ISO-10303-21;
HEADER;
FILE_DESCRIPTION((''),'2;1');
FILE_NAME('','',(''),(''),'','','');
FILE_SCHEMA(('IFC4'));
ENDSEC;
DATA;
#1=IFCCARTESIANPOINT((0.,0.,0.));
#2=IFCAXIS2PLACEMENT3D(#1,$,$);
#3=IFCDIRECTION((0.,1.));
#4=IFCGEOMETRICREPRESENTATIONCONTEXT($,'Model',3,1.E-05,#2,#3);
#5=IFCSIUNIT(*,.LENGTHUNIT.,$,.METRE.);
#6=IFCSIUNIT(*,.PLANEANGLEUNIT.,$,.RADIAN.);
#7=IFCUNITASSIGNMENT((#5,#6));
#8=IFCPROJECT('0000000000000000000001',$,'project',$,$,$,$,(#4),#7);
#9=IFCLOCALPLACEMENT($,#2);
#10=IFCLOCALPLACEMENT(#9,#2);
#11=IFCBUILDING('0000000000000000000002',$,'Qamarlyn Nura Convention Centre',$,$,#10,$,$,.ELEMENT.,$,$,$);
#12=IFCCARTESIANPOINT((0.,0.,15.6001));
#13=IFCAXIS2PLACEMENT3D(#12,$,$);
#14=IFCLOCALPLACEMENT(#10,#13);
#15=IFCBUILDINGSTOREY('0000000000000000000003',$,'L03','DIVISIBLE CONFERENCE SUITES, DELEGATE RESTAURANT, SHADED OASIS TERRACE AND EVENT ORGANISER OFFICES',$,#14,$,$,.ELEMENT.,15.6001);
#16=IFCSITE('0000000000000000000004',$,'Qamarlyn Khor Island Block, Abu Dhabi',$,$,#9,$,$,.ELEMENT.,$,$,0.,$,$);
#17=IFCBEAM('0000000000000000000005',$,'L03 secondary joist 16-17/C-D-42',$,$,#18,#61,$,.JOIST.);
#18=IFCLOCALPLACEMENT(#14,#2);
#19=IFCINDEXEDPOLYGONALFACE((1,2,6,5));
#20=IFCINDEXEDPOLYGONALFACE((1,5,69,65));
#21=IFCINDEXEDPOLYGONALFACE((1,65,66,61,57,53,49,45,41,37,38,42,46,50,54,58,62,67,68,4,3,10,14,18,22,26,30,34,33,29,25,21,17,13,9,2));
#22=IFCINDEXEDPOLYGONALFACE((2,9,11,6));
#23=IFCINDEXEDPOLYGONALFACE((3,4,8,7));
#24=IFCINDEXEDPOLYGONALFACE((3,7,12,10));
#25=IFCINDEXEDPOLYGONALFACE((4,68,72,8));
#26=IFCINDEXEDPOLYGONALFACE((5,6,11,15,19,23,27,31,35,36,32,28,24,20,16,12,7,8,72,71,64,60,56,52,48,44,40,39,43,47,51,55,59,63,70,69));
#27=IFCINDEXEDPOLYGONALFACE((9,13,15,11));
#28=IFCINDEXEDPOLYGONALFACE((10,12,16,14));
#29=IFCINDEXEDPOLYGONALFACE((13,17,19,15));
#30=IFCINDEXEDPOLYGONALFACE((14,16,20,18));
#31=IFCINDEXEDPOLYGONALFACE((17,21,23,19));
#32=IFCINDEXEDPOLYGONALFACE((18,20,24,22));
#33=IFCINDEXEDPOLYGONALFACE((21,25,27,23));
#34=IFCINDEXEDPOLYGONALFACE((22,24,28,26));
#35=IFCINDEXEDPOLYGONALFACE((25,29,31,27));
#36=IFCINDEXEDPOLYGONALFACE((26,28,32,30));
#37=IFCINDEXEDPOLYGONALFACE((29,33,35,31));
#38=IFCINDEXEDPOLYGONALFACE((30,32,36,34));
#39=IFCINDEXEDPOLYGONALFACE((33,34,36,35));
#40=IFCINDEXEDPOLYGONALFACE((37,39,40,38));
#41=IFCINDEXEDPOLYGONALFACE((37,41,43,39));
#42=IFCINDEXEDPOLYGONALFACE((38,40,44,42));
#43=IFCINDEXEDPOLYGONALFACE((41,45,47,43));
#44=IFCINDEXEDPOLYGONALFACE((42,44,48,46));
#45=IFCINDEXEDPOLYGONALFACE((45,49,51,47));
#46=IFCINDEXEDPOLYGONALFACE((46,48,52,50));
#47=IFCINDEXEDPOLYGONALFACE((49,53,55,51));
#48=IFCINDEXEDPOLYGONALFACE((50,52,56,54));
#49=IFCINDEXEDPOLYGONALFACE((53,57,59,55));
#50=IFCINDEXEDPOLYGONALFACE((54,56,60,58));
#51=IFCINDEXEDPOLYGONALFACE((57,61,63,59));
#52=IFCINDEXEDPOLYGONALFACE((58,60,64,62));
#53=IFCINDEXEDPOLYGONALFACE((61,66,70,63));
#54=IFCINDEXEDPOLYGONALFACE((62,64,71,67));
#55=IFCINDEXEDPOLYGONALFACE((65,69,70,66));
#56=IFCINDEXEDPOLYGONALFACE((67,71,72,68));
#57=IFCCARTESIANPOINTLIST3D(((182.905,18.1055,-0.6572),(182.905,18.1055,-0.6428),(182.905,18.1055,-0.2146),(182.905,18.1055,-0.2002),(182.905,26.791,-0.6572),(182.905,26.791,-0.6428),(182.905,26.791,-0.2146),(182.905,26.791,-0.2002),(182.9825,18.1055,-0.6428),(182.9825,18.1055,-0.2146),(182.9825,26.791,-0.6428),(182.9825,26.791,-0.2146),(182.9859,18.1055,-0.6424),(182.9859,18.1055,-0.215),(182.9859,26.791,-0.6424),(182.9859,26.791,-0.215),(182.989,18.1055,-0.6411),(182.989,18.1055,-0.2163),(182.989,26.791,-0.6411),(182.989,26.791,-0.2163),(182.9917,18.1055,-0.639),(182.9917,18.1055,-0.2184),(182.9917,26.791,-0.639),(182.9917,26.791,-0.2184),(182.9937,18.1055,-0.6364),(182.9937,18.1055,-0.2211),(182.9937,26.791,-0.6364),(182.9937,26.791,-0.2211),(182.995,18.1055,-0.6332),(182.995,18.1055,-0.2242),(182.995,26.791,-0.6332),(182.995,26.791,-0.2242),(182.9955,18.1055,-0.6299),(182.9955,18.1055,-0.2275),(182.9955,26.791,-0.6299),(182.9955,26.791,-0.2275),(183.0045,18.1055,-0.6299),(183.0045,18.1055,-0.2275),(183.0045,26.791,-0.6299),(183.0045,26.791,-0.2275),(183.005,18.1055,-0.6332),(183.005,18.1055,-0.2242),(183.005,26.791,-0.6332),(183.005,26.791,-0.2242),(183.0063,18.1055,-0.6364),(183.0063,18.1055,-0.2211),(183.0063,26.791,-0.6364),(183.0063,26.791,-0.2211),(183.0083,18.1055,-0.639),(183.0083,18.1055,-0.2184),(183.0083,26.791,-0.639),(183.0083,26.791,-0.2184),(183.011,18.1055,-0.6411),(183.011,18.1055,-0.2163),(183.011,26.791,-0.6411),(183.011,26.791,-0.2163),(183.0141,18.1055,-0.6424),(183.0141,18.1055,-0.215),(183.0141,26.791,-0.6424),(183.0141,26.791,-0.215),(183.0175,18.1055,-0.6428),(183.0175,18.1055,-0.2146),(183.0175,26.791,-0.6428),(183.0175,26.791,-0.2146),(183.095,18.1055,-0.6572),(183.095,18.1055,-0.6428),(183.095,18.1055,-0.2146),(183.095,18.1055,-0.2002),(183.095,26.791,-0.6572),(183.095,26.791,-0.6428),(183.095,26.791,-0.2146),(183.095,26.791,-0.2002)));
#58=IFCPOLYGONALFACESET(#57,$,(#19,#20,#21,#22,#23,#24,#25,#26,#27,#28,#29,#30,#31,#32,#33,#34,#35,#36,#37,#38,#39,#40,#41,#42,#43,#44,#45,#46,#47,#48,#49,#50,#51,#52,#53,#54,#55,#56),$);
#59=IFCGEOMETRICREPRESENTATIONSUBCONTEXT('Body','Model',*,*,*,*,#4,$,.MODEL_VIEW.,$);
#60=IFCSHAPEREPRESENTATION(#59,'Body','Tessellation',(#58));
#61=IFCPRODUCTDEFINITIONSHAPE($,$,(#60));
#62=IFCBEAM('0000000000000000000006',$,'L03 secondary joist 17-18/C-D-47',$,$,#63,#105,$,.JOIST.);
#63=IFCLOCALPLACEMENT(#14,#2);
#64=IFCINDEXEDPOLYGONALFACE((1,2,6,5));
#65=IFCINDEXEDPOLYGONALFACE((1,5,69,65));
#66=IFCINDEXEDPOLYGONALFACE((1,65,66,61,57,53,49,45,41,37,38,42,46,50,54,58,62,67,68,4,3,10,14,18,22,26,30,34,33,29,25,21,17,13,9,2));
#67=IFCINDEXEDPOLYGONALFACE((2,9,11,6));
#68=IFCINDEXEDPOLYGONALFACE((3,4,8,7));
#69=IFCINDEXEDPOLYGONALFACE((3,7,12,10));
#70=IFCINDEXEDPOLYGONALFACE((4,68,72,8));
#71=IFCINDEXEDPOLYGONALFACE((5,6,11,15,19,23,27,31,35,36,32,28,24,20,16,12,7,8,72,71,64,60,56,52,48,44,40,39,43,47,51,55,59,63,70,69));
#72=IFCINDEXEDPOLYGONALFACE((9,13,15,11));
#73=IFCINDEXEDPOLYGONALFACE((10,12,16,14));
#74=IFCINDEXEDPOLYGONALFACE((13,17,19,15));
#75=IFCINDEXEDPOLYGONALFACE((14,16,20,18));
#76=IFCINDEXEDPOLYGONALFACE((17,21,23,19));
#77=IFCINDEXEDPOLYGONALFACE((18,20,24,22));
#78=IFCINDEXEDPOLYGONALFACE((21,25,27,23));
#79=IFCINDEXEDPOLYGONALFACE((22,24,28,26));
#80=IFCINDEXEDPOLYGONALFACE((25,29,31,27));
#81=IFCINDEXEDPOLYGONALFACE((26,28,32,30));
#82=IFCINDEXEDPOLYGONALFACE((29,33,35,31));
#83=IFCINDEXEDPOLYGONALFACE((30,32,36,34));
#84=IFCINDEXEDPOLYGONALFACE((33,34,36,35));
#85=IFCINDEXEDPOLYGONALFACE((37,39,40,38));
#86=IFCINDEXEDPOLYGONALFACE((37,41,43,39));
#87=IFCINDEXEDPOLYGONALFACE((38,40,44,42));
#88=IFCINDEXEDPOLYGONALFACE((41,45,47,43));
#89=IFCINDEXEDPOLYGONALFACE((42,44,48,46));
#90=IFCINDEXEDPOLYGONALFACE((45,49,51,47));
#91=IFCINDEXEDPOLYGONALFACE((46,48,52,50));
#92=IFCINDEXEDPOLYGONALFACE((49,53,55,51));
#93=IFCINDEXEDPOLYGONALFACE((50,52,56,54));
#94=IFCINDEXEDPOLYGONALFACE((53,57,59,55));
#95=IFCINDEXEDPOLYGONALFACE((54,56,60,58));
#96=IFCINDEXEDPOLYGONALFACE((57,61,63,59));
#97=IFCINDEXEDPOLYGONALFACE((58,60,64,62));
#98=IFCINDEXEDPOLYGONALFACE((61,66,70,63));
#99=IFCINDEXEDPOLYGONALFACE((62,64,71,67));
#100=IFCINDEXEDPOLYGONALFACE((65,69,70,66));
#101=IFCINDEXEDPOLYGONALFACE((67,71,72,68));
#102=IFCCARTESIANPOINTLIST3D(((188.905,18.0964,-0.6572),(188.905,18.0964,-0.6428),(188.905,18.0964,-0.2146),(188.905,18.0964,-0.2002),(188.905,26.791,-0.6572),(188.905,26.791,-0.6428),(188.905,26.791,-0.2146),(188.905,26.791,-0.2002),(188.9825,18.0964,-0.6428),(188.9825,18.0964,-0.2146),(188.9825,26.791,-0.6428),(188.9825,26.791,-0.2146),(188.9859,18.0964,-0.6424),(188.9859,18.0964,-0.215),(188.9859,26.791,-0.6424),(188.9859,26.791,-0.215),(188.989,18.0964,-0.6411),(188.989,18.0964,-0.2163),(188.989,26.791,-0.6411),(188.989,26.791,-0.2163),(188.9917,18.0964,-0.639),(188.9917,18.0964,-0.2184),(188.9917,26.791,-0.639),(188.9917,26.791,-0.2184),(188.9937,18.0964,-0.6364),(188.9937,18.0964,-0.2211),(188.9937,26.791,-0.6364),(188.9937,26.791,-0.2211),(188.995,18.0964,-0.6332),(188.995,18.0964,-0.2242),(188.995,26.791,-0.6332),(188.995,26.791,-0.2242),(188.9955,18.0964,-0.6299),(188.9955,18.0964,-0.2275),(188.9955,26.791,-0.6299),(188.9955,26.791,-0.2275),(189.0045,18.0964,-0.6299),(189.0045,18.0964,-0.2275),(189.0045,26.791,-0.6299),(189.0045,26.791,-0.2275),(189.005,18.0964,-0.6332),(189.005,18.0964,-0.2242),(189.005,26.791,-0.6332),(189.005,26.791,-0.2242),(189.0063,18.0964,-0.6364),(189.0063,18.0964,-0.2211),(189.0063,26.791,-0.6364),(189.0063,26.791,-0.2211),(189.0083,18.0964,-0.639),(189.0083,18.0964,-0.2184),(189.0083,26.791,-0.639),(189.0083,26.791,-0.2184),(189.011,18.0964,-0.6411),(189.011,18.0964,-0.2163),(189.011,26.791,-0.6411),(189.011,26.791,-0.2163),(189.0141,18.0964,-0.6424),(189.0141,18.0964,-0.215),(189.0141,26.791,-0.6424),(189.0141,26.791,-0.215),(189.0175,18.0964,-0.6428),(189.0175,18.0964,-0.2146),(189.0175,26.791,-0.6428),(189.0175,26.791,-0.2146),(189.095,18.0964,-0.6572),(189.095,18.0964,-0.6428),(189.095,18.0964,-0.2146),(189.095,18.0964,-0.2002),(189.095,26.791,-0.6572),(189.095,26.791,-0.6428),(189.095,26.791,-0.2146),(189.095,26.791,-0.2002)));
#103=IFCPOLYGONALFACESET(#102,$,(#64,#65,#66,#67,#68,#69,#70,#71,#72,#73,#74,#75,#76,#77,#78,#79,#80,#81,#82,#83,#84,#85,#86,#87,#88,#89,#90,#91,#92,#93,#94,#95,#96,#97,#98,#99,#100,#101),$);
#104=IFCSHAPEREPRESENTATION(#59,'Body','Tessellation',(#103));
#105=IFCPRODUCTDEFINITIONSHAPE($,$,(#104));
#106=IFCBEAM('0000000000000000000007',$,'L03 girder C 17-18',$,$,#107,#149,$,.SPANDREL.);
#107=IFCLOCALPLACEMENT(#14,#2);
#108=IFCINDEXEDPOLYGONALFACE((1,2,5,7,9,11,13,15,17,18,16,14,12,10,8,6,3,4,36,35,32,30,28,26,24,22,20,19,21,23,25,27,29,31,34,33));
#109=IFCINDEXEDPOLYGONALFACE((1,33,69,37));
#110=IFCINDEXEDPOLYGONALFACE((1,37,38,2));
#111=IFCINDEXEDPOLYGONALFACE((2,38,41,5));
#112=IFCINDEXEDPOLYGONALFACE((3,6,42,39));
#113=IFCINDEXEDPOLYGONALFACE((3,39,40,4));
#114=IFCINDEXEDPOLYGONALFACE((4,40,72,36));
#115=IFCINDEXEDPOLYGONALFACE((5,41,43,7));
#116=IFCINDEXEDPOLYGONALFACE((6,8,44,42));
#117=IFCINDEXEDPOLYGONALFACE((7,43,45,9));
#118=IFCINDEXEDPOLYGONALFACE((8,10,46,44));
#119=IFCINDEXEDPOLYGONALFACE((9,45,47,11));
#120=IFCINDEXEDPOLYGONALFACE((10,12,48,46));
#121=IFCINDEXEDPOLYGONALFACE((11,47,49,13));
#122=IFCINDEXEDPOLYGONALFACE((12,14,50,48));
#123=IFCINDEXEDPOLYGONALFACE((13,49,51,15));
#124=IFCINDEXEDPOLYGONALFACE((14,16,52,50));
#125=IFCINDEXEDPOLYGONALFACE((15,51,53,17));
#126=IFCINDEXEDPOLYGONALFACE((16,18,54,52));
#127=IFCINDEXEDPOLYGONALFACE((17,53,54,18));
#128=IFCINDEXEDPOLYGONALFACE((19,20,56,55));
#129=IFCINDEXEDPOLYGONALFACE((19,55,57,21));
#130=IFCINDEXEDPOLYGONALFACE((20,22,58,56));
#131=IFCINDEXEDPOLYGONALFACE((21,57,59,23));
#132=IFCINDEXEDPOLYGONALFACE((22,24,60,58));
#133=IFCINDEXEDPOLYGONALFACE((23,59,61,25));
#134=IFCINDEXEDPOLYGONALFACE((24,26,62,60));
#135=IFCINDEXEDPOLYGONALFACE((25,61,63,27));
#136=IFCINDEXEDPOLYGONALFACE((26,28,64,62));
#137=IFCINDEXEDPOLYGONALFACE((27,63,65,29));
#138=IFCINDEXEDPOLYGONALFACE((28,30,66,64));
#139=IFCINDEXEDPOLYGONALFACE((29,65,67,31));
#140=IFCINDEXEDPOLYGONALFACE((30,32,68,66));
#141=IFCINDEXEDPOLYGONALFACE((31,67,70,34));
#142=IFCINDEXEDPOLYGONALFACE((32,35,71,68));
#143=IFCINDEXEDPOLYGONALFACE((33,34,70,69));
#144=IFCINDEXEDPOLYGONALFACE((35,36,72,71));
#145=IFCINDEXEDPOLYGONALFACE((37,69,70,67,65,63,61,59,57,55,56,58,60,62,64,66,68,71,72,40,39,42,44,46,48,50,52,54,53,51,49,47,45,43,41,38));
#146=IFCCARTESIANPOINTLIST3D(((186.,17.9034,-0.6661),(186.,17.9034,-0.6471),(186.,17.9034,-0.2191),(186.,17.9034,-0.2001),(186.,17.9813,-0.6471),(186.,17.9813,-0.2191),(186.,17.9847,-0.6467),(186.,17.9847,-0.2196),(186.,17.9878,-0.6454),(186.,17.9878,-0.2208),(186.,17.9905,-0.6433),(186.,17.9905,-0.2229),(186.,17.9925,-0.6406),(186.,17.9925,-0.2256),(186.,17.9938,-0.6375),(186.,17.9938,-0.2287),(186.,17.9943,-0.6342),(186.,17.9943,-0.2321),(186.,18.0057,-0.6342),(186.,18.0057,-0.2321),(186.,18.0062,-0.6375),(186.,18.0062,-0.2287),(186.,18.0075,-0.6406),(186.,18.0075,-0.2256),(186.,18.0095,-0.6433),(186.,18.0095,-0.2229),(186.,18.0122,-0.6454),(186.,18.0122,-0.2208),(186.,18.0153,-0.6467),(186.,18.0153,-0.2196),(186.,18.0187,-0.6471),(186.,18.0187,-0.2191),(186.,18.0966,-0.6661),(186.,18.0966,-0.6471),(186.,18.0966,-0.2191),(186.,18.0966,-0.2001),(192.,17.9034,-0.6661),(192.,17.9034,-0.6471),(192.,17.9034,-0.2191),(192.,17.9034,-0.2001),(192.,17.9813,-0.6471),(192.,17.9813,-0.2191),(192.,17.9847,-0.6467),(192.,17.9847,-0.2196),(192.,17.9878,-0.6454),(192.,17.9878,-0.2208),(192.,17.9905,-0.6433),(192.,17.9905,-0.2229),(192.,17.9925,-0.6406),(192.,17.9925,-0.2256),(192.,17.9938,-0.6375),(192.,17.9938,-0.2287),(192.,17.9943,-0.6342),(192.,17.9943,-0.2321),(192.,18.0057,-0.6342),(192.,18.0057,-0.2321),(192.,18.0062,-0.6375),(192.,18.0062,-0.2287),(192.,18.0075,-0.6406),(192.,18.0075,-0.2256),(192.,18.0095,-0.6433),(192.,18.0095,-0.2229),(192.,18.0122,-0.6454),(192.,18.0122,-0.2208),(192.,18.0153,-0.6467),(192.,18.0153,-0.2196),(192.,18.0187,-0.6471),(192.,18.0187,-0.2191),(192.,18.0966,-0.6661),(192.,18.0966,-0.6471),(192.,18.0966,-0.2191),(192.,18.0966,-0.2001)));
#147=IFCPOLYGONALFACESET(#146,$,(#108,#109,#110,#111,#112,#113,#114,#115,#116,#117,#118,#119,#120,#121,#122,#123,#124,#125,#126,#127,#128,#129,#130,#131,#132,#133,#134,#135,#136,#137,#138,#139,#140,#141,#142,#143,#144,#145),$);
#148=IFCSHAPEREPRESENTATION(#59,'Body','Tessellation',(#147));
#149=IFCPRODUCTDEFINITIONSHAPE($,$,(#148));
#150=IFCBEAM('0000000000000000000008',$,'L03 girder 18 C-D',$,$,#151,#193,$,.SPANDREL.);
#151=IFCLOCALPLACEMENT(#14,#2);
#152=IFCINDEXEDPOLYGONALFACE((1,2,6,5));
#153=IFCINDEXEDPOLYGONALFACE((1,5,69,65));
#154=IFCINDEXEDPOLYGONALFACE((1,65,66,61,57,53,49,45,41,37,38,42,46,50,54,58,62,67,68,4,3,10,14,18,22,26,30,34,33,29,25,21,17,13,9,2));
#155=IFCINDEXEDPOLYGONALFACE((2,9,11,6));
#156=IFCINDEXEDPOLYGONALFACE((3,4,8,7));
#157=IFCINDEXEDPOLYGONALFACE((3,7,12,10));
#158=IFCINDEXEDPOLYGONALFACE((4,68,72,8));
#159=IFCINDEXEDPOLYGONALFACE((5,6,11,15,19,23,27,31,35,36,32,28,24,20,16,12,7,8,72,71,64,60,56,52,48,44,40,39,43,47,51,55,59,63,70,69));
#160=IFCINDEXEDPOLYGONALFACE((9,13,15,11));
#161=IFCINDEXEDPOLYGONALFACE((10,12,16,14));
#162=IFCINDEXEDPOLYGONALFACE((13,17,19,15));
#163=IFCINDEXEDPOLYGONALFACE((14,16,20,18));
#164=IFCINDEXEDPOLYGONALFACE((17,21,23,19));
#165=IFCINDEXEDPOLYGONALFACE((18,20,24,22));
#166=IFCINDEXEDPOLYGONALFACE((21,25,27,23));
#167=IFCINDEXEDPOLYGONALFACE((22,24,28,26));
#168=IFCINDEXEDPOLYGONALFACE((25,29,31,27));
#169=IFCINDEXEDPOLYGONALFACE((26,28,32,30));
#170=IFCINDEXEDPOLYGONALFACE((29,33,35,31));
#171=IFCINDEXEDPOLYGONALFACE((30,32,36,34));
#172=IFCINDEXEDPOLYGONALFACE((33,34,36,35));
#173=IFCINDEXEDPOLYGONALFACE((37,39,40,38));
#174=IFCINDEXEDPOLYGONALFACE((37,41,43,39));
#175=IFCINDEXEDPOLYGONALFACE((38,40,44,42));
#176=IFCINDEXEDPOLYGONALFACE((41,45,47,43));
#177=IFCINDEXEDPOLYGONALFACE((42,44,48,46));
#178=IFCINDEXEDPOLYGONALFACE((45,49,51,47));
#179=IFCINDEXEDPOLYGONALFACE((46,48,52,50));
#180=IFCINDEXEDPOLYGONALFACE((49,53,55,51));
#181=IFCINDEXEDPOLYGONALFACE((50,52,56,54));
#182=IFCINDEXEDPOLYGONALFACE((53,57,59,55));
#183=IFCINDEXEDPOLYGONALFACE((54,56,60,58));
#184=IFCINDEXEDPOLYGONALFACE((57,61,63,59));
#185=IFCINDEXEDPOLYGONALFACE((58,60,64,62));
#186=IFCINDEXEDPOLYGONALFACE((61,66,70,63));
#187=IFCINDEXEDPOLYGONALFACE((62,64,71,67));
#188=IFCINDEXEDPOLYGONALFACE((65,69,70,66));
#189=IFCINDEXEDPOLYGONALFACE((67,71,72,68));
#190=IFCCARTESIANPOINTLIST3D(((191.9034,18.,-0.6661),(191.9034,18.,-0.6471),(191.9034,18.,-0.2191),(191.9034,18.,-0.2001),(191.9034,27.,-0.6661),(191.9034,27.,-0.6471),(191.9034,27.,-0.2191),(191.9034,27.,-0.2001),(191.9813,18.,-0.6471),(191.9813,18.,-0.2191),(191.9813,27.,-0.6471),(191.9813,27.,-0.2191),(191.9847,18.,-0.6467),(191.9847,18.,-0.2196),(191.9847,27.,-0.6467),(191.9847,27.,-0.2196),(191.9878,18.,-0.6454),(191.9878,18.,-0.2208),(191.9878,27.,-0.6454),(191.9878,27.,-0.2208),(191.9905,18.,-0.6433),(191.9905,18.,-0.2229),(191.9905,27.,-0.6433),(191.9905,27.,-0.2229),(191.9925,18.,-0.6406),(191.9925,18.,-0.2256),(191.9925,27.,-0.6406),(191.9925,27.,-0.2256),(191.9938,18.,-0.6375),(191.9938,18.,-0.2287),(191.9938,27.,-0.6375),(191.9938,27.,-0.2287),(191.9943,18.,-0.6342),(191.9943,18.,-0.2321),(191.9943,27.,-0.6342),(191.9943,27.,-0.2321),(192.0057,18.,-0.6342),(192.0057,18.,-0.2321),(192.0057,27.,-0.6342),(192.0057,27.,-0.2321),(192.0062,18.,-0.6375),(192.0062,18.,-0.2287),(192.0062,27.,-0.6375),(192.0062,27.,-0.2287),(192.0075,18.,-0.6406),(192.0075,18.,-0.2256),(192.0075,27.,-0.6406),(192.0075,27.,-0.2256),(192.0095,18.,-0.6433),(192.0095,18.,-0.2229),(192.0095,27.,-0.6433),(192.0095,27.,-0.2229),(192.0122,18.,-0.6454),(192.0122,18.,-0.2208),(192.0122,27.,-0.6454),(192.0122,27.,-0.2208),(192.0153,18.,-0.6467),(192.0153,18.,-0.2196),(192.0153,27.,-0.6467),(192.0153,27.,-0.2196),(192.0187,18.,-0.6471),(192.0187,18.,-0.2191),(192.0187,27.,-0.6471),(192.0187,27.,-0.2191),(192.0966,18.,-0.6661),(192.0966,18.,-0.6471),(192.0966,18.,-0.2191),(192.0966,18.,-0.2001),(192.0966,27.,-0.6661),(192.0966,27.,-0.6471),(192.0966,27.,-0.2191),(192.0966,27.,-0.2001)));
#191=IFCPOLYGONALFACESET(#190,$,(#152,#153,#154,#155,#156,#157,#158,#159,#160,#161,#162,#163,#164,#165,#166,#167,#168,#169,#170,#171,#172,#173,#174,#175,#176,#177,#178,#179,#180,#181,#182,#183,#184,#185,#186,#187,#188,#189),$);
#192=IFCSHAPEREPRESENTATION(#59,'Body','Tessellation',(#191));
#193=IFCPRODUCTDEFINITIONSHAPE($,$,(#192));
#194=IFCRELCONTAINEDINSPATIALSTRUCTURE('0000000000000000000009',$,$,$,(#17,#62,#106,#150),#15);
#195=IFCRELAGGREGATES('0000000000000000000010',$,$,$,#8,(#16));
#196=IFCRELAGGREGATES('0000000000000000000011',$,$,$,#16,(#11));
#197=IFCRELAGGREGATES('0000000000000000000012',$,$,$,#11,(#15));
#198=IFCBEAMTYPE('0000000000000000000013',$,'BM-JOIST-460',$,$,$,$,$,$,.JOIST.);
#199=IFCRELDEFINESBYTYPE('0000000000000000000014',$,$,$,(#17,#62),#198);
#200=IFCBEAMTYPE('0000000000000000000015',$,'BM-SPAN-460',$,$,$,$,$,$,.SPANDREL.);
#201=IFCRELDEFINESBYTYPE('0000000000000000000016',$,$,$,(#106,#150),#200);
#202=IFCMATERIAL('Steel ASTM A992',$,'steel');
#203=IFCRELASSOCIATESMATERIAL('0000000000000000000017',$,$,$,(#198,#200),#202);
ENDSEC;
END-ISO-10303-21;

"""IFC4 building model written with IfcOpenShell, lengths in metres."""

from ifc_helpers import new_model, si_unit, direction, frame, origin, origin_2d, place, context, subcontext, project, spatial, i_section, extrude, material, material_profile, profile_set, type_object, element, save


model = new_model("IFC4")

# Units and contexts
model_context = context("Model", 3, precision=1e-05, world=origin(), true_north=direction((0.0, 1.0)))
body_context = subcontext(model_context, "Body", "Model", "MODEL_VIEW")
ifc_project = project(units=[si_unit("LENGTHUNIT", "METRE"), si_unit("PLANEANGLEUNIT", "RADIAN")], contexts=[model_context])

# Site, building, storey
site_placement = place(None, origin())
site = spatial("IfcSite", under=ifc_project, at=site_placement, Name="Qamarlyn Khor Island Block, Abu Dhabi", CompositionType="ELEMENT", RefElevation=0.0)
building_placement = place(site_placement, origin())
building = spatial("IfcBuilding", under=site, at=building_placement, Name="Qamarlyn Nura Convention Centre", CompositionType="ELEMENT")
storey_placement = place(building_placement, frame((0.0, 0.0, 15.6001)))
storey = spatial("IfcBuildingStorey", under=building, at=storey_placement, Name="L03", Description="DIVISIBLE CONFERENCE SUITES, DELEGATE RESTAURANT, SHADED OASIS TERRACE AND EVENT ORGANISER OFFICES", CompositionType="ELEMENT", Elevation=15.6001)

# Shared definitions
ifc_material_1 = material(Name="Steel ASTM A992", Category="steel")

# Beams
ifc_material_profile_1 = material_profile(ifc_material_1, i_section(OverallWidth=0.1899, OverallDepth=0.457, WebThickness=0.009, FlangeThickness=0.0144, FilletRadius=0.0129, at=origin_2d()), Name="W460X74")
ifc_profile_set_1 = profile_set([ifc_material_profile_1], Name="Steel ASTM A992")
beam_type_1 = type_object("IfcBeamType", Name="BM-JOIST-460", PredefinedType="JOIST", material=ifc_profile_set_1)
beam_1_placement = place(storey_placement, frame((183.0, 18.1055, -0.4287), z_axis=(0.0, 1.0, 0.0), x_axis=(-1.0, 0.0, 0.0)))
element("IfcBeam", 1, at=beam_1_placement, inside=storey, type_object=beam_type_1, Name="L03 secondary joist 16-17/C-D-42", PredefinedType="JOIST", context=body_context, shape_type="SweptSolid", body=[
    extrude(i_section(OverallWidth=0.1899, OverallDepth=0.457, WebThickness=0.009, FlangeThickness=0.0144, FilletRadius=0.0129, at=origin_2d()), origin(), (0.0, 0.0, 1.0), 8.6855),
])
beam_2_placement = place(storey_placement, frame((189.0, 18.0964, -0.4287), z_axis=(0.0, 1.0, 0.0), x_axis=(-1.0, 0.0, 0.0)))
element("IfcBeam", 2, at=beam_2_placement, inside=storey, type_object=beam_type_1, Name="L03 secondary joist 17-18/C-D-47", PredefinedType="JOIST", context=body_context, shape_type="SweptSolid", body=[
    extrude(i_section(OverallWidth=0.1899, OverallDepth=0.457, WebThickness=0.009, FlangeThickness=0.0144, FilletRadius=0.0129, at=origin_2d()), origin(), (0.0, 0.0, 1.0), 8.6946),
])
ifc_material_profile_2 = material_profile(ifc_material_1, i_section(OverallWidth=0.1931, OverallDepth=0.4661, WebThickness=0.0115, FlangeThickness=0.019, FilletRadius=0.0129, at=origin_2d()), Name="W460X97")
ifc_profile_set_2 = profile_set([ifc_material_profile_2], Name="Steel ASTM A992")
beam_type_2 = type_object("IfcBeamType", Name="BM-SPAN-460", PredefinedType="SPANDREL", material=ifc_profile_set_2)
beam_3_placement = place(storey_placement, frame((186.0, 18.0, -0.4331), z_axis=(1.0, 0.0, 0.0), x_axis=(0.0, 1.0, 0.0)))
element("IfcBeam", 3, at=beam_3_placement, inside=storey, type_object=beam_type_2, Name="L03 girder C 17-18", PredefinedType="SPANDREL", context=body_context, shape_type="SweptSolid", body=[
    extrude(i_section(OverallWidth=0.1931, OverallDepth=0.4661, WebThickness=0.0115, FlangeThickness=0.019, FilletRadius=0.0129, at=origin_2d()), origin(), (0.0, 0.0, 1.0), 6.0),
])
beam_4_placement = place(storey_placement, frame((192.0, 18.0, -0.4331), z_axis=(0.0, 1.0, 0.0), x_axis=(-1.0, 0.0, 0.0)))
element("IfcBeam", 4, at=beam_4_placement, inside=storey, type_object=beam_type_2, Name="L03 girder 18 C-D", PredefinedType="SPANDREL", context=body_context, shape_type="SweptSolid", body=[
    extrude(i_section(OverallWidth=0.1931, OverallDepth=0.4661, WebThickness=0.0115, FlangeThickness=0.019, FilletRadius=0.0129, at=origin_2d()), origin(), (0.0, 0.0, 1.0), 9.0),
])

save(model, "model.ifc")
